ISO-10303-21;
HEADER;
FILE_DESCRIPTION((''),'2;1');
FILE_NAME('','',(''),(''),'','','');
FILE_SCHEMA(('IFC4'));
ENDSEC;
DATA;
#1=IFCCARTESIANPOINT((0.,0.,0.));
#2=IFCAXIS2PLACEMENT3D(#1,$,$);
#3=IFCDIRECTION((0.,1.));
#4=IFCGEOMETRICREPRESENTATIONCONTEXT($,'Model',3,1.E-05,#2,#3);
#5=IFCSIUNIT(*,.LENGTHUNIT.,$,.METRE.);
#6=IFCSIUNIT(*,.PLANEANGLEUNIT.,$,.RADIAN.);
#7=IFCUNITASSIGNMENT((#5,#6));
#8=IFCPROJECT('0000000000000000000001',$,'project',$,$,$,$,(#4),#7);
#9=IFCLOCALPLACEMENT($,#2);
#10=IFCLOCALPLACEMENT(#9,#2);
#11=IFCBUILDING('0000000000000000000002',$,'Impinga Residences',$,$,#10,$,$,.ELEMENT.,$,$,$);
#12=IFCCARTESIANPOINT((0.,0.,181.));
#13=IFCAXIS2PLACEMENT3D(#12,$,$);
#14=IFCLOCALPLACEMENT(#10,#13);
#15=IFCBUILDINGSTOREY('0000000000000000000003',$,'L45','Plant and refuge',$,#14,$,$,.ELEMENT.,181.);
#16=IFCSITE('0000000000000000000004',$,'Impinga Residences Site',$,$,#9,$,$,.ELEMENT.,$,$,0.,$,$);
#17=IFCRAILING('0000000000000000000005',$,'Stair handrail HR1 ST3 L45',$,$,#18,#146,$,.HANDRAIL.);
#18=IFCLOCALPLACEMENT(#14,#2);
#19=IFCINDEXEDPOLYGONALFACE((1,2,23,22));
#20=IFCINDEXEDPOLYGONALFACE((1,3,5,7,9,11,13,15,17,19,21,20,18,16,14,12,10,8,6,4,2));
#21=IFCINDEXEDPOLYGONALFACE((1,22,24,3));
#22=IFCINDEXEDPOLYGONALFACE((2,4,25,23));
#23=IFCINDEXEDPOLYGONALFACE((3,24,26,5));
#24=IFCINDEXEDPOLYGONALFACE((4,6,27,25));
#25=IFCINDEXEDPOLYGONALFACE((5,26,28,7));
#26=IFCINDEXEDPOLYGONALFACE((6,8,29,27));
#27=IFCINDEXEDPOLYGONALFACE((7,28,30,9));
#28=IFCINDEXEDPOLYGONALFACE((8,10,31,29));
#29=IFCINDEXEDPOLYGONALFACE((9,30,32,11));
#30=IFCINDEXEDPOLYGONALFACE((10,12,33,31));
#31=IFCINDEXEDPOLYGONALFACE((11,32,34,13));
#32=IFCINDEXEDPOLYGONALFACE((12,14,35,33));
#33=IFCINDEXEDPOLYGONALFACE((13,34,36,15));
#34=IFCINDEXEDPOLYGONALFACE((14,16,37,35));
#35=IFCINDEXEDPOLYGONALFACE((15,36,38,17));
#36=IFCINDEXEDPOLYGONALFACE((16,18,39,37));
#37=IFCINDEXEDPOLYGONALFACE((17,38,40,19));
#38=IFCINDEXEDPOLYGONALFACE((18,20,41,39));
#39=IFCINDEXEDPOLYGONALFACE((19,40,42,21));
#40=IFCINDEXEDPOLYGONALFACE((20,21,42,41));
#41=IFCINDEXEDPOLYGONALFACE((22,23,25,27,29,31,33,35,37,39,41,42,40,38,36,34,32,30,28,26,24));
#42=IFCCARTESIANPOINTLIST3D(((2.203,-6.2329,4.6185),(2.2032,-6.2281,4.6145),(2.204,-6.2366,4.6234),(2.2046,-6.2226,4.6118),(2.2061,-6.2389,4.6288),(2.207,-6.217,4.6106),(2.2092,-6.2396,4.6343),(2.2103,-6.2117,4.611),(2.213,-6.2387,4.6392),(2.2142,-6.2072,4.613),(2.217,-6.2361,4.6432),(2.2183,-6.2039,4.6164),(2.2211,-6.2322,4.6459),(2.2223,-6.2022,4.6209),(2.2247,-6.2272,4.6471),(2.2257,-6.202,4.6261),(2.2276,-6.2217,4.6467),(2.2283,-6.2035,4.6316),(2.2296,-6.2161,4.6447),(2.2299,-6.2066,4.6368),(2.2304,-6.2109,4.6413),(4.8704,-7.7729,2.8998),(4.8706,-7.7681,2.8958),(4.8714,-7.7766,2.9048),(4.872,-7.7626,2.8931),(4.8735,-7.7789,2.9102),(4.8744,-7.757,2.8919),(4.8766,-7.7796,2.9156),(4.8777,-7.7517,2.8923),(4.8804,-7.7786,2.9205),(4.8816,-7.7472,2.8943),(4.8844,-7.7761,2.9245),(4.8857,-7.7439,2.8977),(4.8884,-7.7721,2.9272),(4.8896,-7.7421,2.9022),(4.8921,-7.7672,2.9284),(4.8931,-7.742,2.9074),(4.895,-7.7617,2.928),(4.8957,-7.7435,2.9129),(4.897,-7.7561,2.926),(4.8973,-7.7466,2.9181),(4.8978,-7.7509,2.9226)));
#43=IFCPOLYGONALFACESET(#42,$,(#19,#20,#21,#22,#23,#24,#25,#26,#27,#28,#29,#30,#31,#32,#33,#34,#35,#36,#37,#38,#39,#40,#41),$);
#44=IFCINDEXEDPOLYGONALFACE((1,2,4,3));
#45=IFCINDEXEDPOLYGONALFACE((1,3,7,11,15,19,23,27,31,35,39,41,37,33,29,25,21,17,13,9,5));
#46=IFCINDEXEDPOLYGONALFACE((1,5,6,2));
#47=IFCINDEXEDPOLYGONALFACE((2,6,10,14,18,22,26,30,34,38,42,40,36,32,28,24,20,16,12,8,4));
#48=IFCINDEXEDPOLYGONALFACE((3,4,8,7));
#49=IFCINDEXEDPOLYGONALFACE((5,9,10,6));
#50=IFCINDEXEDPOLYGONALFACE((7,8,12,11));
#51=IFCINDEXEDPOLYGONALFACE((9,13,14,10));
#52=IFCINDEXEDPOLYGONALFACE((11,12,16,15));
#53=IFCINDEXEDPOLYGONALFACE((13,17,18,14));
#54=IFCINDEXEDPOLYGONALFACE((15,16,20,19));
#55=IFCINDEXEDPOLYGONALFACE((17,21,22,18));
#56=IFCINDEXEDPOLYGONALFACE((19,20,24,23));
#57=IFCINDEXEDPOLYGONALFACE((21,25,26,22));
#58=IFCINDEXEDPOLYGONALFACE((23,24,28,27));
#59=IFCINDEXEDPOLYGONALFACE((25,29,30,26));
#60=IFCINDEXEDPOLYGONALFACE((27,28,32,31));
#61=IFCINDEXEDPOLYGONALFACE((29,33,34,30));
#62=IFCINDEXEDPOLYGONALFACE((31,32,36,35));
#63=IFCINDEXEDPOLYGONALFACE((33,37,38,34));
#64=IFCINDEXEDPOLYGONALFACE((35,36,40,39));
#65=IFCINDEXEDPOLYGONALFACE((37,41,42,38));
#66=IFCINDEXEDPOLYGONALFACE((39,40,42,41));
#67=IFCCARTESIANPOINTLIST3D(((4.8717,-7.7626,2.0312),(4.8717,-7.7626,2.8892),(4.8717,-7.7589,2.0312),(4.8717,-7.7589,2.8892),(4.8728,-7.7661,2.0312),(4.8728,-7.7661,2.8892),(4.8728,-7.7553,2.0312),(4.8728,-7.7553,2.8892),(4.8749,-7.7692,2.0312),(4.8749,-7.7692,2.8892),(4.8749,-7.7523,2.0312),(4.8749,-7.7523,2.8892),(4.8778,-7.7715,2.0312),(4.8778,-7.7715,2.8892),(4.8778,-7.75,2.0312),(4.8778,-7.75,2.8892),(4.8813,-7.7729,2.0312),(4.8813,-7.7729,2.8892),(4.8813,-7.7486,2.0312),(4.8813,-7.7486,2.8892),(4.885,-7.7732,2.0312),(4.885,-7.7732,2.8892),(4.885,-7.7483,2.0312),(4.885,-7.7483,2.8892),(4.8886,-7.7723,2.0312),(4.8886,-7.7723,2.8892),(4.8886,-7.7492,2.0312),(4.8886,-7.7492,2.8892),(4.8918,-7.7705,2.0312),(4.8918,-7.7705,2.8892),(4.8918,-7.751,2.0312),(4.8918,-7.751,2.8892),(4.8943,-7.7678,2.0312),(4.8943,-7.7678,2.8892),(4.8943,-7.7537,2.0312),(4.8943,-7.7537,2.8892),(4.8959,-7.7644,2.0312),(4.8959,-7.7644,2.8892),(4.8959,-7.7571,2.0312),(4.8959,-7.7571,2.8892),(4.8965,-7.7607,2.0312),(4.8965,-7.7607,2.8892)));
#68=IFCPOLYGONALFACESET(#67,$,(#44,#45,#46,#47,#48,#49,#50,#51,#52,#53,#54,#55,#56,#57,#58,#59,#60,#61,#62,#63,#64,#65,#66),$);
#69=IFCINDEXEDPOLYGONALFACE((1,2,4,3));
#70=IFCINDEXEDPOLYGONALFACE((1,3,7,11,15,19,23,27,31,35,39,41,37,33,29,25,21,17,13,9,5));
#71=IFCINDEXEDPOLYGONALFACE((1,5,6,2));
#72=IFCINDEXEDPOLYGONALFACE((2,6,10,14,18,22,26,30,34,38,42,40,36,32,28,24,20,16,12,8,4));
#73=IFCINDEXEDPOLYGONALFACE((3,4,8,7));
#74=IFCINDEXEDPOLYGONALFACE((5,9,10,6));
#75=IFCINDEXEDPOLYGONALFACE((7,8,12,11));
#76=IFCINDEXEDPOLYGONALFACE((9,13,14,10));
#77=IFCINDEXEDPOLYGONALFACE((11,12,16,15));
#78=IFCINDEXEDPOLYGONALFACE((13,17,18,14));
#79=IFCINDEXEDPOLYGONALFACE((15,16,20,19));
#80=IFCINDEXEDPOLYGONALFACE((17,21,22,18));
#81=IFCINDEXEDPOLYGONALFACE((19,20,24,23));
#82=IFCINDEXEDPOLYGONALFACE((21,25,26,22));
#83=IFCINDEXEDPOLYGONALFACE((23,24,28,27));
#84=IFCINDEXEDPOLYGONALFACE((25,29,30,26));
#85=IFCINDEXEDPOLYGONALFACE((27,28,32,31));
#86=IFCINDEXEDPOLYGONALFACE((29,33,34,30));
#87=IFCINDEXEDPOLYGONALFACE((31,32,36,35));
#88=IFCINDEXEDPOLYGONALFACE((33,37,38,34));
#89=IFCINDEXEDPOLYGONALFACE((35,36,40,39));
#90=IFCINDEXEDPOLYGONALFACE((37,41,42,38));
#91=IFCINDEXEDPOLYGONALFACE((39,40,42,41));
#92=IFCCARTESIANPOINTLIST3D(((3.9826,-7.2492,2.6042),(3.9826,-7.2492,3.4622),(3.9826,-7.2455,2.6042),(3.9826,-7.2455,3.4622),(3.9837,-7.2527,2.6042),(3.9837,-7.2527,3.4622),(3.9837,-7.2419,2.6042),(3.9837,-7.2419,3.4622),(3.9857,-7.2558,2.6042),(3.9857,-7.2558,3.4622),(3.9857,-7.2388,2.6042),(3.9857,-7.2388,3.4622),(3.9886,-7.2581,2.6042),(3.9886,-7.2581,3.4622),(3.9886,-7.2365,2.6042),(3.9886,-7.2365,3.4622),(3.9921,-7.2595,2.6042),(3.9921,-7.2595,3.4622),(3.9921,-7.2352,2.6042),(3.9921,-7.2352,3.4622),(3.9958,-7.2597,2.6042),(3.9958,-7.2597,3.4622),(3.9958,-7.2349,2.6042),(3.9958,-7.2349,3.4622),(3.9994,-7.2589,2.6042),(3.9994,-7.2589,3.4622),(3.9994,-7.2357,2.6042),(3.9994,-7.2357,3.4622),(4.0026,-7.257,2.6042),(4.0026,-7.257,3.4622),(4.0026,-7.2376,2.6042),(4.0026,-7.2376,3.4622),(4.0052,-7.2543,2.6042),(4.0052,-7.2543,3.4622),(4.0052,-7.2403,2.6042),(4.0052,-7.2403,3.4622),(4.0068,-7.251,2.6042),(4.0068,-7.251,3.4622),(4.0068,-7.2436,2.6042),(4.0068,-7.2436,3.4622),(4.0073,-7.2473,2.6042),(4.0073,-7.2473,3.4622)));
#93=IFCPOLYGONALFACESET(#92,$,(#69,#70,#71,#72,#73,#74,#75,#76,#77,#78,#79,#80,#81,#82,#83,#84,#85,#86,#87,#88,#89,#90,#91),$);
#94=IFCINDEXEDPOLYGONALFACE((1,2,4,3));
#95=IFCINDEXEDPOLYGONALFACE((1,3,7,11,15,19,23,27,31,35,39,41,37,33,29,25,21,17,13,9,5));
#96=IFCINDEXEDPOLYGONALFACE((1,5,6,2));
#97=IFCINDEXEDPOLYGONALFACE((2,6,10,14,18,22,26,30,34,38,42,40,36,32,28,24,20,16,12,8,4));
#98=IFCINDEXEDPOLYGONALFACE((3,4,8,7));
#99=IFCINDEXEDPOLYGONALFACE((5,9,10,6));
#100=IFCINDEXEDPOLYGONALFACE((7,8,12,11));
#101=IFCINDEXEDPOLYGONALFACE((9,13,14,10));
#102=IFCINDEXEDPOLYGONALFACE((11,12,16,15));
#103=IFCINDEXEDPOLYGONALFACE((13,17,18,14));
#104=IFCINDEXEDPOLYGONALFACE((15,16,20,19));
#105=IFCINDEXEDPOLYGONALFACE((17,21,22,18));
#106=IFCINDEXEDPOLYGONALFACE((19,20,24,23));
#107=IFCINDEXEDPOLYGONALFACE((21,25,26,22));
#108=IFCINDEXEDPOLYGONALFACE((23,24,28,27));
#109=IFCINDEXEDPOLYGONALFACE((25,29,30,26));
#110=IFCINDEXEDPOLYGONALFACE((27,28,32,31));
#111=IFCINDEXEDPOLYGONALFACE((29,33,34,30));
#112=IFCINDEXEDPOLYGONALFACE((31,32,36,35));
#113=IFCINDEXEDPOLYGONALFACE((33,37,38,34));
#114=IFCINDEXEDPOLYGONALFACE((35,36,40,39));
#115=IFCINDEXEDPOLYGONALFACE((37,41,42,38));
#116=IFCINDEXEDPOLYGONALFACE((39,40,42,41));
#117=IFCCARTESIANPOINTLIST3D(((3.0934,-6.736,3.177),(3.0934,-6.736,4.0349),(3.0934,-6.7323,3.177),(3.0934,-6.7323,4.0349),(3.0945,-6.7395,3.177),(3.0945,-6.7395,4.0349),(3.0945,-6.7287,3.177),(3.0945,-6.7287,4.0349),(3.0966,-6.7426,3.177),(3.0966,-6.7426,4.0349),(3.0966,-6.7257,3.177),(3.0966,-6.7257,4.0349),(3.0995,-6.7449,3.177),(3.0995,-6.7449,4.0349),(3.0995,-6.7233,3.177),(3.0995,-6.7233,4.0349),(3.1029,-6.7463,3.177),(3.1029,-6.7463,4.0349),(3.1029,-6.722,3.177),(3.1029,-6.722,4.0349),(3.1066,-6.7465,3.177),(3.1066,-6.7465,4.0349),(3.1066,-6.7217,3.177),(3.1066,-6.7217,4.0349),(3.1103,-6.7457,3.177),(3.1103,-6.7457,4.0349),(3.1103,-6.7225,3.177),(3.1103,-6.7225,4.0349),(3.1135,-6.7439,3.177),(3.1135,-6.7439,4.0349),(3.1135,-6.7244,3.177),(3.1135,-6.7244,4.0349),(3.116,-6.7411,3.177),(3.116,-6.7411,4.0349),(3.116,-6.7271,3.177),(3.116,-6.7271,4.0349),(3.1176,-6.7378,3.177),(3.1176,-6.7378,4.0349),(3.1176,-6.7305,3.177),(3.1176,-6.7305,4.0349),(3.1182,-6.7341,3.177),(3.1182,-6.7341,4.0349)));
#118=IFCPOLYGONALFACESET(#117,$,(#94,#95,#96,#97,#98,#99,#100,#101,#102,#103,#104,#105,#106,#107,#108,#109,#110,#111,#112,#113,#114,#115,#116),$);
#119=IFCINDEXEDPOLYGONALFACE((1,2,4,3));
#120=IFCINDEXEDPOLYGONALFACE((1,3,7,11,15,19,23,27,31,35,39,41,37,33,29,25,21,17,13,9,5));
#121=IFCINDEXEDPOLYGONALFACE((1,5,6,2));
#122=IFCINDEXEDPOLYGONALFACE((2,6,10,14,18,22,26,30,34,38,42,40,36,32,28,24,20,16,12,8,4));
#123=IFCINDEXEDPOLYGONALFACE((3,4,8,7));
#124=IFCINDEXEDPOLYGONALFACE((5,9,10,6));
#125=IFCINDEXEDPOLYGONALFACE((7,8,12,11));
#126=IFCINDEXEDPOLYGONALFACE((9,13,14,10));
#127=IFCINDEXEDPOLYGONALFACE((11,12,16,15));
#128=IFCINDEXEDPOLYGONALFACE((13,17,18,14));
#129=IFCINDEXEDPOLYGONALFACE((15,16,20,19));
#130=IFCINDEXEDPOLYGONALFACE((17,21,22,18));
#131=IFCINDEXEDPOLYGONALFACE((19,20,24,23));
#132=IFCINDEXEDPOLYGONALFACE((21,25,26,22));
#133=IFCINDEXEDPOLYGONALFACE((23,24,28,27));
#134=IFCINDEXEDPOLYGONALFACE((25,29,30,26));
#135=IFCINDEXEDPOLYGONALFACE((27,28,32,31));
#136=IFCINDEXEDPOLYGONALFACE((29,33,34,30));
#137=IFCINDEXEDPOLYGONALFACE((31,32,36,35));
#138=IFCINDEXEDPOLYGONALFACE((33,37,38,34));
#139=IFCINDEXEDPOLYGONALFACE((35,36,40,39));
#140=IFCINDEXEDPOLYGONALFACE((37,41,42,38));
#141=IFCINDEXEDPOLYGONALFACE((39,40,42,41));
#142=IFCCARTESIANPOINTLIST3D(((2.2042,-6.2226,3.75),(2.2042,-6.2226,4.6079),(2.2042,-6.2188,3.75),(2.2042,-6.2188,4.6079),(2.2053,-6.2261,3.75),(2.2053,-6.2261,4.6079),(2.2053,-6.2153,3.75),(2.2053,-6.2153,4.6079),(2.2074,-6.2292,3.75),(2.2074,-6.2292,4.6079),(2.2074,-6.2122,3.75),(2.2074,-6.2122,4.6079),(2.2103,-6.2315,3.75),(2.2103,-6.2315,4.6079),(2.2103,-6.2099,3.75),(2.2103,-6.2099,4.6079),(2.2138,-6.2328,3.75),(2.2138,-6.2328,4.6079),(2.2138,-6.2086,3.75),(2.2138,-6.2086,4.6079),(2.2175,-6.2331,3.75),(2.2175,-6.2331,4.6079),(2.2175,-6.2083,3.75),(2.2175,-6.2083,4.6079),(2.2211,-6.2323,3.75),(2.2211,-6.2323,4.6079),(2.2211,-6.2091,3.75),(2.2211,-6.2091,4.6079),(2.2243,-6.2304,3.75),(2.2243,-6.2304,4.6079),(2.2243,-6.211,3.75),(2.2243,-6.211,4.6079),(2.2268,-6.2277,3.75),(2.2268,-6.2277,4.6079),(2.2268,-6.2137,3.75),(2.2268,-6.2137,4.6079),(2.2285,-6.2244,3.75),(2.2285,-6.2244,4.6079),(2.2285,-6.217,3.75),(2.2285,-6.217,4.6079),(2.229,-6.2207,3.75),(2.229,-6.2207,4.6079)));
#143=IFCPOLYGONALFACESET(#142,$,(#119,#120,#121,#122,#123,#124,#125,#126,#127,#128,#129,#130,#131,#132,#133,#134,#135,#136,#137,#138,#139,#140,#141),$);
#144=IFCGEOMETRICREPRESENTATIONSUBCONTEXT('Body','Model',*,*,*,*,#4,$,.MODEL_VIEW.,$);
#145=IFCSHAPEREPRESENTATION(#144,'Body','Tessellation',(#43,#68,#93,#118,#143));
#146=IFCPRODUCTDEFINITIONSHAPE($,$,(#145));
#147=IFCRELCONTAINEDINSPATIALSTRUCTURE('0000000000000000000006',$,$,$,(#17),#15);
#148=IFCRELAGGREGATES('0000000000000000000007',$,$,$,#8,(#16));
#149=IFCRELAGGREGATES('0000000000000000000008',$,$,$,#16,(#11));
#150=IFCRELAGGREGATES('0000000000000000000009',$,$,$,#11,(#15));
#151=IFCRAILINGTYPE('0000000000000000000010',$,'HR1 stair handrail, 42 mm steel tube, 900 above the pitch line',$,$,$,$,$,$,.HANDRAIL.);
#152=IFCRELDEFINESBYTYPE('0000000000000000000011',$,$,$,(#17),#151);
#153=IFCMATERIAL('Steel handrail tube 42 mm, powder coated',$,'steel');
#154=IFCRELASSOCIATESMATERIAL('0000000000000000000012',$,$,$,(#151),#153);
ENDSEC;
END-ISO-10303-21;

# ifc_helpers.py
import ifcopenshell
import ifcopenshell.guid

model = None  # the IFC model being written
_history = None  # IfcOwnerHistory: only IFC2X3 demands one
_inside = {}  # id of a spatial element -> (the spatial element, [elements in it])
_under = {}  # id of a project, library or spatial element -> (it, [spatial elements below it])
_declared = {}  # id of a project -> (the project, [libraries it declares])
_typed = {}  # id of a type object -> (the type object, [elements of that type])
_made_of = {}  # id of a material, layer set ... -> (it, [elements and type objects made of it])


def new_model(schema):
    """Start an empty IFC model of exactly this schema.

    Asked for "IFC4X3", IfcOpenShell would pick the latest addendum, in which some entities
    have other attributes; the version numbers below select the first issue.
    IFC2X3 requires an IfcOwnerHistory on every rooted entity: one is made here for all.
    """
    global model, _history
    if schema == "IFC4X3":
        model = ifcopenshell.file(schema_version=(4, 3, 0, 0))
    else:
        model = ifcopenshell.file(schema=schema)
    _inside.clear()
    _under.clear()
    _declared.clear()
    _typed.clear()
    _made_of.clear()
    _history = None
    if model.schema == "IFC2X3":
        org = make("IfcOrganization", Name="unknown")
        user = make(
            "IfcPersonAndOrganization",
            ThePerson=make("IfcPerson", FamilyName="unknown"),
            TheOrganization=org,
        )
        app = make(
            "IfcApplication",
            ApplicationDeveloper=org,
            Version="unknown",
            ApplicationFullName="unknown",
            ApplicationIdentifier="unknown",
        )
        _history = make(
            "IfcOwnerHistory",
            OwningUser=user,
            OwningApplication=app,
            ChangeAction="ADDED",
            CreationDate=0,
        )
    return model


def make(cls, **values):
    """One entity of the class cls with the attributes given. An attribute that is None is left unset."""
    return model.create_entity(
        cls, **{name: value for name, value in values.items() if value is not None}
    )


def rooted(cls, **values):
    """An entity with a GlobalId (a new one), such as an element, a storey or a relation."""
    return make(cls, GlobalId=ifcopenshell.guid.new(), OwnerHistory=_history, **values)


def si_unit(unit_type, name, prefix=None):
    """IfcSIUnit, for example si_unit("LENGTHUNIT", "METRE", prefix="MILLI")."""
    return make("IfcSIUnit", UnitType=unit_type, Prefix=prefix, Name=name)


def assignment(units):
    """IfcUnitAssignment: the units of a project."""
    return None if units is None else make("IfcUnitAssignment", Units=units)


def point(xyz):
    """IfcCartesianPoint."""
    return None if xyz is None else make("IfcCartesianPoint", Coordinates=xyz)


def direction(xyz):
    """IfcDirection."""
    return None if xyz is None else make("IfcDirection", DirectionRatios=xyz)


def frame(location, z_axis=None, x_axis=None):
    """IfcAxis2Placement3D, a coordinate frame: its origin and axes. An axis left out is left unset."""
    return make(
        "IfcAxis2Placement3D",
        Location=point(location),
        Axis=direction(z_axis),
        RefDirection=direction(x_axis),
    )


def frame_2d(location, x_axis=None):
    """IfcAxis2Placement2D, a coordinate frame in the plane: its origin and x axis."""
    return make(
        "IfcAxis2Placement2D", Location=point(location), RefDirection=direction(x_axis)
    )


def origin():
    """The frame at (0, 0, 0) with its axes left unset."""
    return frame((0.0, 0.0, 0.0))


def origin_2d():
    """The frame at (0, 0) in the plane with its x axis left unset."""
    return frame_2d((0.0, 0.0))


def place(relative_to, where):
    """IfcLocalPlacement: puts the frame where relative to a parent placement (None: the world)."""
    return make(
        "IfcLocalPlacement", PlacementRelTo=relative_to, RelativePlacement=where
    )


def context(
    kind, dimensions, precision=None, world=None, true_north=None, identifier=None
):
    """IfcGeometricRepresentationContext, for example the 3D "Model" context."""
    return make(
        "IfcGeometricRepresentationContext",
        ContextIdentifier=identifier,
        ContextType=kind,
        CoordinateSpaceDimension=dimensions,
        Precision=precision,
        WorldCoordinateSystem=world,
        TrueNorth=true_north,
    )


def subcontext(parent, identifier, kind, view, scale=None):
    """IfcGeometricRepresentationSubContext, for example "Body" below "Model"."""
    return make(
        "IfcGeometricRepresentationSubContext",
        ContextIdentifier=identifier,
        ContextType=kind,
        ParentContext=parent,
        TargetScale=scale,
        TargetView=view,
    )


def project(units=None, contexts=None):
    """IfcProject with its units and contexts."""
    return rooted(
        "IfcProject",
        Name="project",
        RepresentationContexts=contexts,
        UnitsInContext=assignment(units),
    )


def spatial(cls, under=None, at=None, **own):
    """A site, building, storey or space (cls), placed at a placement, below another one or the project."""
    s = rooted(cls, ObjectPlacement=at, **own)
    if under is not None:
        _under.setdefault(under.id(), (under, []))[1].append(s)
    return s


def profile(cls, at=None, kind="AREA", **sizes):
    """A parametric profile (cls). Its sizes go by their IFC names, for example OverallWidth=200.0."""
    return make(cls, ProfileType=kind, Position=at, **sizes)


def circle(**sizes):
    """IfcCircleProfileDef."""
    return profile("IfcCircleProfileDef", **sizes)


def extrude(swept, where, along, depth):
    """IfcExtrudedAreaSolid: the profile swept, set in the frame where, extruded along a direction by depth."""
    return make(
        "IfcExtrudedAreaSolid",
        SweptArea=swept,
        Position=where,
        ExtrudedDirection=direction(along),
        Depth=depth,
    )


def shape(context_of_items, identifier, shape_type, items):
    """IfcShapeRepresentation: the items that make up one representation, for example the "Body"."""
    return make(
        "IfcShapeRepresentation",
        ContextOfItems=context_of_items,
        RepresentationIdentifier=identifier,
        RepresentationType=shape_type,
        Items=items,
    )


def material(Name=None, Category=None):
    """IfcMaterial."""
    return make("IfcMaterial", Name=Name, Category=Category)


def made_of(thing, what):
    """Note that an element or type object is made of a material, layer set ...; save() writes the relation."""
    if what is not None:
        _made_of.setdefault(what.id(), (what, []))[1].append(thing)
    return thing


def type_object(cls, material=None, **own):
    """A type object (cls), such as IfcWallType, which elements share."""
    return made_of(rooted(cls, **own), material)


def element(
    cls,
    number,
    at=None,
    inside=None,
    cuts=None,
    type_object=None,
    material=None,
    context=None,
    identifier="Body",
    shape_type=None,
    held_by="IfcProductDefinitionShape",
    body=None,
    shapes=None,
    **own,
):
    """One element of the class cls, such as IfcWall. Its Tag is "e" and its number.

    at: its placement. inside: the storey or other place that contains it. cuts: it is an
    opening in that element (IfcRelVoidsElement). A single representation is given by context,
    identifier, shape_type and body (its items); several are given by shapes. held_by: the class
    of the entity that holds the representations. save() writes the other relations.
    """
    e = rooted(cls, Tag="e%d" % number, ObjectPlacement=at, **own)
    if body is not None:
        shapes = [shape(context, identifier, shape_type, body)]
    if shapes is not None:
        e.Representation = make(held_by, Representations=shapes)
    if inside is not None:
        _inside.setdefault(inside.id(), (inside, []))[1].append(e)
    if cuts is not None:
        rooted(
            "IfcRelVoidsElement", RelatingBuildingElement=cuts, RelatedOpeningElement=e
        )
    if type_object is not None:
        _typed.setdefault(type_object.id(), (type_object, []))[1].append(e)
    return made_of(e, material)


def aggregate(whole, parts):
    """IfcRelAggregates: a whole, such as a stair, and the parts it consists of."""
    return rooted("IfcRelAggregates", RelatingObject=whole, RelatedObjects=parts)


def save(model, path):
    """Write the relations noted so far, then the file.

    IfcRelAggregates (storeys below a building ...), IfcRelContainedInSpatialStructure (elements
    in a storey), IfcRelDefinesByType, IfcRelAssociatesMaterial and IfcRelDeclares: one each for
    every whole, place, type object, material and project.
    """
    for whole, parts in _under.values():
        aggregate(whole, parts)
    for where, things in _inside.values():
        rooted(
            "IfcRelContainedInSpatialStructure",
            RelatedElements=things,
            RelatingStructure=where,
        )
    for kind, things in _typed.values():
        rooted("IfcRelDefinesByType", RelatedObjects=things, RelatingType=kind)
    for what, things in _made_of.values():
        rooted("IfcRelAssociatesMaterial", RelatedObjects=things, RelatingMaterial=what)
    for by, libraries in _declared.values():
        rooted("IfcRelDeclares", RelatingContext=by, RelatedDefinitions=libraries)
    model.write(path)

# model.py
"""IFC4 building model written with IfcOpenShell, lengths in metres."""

from ifc_helpers import new_model, si_unit, direction, frame, origin, origin_2d, place, context, subcontext, project, spatial, circle, extrude, material, type_object, element, save


model = new_model("IFC4")

# Units and contexts
model_context = context("Model", 3, precision=1e-05, world=origin(), true_north=direction((0.0, 1.0)))
body_context = subcontext(model_context, "Body", "Model", "MODEL_VIEW")
ifc_project = project(units=[si_unit("LENGTHUNIT", "METRE"), si_unit("PLANEANGLEUNIT", "RADIAN")], contexts=[model_context])

# Site, building, storey
site_placement = place(None, origin())
site = spatial("IfcSite", under=ifc_project, at=site_placement, Name="Impinga Residences Site", CompositionType="ELEMENT", RefElevation=0.0)
building_placement = place(site_placement, origin())
building = spatial("IfcBuilding", under=site, at=building_placement, Name="Impinga Residences", CompositionType="ELEMENT")
storey_placement = place(building_placement, frame((0.0, 0.0, 181.0)))
storey = spatial("IfcBuildingStorey", under=building, at=storey_placement, Name="L45", Description="Plant and refuge", CompositionType="ELEMENT", Elevation=181.0)

# Railing
ifc_material_1 = material(Name="Steel handrail tube 42 mm, powder coated", Category="steel")
railing_type_1 = type_object("IfcRailingType", Name="HR1 stair handrail, 42 mm steel tube, 900 above the pitch line", PredefinedType="HANDRAIL", material=ifc_material_1)
railing_1_placement = place(storey_placement, frame((4.884, -7.7607, 2.0312)))
element("IfcRailing", 1, at=railing_1_placement, inside=storey, type_object=railing_type_1, Name="Stair handrail HR1 ST3 L45", PredefinedType="HANDRAIL", context=body_context, shape_type="SweptSolid", body=[
    extrude(circle(Radius=0.021, at=origin_2d()), frame((0.0, 0.0, 0.8789), z_axis=(-0.756256, 0.436616, 0.487282), x_axis=(-0.499992, -0.86603, 0.0)), (0.0, 0.0, 1.0), 3.5271),
    extrude(circle(Radius=0.0125, at=origin_2d()), origin(), (0.0, 0.0, 1.0), 0.8579),
    extrude(circle(Radius=0.0125, at=origin_2d()), frame((-0.8892, 0.5134, 0.573)), (0.0, 0.0, 1.0), 0.8579),
    extrude(circle(Radius=0.0125, at=origin_2d()), frame((-1.7783, 1.0266, 1.1458)), (0.0, 0.0, 1.0), 0.8579),
    extrude(circle(Radius=0.0125, at=origin_2d()), frame((-2.6675, 1.54, 1.7188)), (0.0, 0.0, 1.0), 0.8579),
])

save(model, "model.ifc")
